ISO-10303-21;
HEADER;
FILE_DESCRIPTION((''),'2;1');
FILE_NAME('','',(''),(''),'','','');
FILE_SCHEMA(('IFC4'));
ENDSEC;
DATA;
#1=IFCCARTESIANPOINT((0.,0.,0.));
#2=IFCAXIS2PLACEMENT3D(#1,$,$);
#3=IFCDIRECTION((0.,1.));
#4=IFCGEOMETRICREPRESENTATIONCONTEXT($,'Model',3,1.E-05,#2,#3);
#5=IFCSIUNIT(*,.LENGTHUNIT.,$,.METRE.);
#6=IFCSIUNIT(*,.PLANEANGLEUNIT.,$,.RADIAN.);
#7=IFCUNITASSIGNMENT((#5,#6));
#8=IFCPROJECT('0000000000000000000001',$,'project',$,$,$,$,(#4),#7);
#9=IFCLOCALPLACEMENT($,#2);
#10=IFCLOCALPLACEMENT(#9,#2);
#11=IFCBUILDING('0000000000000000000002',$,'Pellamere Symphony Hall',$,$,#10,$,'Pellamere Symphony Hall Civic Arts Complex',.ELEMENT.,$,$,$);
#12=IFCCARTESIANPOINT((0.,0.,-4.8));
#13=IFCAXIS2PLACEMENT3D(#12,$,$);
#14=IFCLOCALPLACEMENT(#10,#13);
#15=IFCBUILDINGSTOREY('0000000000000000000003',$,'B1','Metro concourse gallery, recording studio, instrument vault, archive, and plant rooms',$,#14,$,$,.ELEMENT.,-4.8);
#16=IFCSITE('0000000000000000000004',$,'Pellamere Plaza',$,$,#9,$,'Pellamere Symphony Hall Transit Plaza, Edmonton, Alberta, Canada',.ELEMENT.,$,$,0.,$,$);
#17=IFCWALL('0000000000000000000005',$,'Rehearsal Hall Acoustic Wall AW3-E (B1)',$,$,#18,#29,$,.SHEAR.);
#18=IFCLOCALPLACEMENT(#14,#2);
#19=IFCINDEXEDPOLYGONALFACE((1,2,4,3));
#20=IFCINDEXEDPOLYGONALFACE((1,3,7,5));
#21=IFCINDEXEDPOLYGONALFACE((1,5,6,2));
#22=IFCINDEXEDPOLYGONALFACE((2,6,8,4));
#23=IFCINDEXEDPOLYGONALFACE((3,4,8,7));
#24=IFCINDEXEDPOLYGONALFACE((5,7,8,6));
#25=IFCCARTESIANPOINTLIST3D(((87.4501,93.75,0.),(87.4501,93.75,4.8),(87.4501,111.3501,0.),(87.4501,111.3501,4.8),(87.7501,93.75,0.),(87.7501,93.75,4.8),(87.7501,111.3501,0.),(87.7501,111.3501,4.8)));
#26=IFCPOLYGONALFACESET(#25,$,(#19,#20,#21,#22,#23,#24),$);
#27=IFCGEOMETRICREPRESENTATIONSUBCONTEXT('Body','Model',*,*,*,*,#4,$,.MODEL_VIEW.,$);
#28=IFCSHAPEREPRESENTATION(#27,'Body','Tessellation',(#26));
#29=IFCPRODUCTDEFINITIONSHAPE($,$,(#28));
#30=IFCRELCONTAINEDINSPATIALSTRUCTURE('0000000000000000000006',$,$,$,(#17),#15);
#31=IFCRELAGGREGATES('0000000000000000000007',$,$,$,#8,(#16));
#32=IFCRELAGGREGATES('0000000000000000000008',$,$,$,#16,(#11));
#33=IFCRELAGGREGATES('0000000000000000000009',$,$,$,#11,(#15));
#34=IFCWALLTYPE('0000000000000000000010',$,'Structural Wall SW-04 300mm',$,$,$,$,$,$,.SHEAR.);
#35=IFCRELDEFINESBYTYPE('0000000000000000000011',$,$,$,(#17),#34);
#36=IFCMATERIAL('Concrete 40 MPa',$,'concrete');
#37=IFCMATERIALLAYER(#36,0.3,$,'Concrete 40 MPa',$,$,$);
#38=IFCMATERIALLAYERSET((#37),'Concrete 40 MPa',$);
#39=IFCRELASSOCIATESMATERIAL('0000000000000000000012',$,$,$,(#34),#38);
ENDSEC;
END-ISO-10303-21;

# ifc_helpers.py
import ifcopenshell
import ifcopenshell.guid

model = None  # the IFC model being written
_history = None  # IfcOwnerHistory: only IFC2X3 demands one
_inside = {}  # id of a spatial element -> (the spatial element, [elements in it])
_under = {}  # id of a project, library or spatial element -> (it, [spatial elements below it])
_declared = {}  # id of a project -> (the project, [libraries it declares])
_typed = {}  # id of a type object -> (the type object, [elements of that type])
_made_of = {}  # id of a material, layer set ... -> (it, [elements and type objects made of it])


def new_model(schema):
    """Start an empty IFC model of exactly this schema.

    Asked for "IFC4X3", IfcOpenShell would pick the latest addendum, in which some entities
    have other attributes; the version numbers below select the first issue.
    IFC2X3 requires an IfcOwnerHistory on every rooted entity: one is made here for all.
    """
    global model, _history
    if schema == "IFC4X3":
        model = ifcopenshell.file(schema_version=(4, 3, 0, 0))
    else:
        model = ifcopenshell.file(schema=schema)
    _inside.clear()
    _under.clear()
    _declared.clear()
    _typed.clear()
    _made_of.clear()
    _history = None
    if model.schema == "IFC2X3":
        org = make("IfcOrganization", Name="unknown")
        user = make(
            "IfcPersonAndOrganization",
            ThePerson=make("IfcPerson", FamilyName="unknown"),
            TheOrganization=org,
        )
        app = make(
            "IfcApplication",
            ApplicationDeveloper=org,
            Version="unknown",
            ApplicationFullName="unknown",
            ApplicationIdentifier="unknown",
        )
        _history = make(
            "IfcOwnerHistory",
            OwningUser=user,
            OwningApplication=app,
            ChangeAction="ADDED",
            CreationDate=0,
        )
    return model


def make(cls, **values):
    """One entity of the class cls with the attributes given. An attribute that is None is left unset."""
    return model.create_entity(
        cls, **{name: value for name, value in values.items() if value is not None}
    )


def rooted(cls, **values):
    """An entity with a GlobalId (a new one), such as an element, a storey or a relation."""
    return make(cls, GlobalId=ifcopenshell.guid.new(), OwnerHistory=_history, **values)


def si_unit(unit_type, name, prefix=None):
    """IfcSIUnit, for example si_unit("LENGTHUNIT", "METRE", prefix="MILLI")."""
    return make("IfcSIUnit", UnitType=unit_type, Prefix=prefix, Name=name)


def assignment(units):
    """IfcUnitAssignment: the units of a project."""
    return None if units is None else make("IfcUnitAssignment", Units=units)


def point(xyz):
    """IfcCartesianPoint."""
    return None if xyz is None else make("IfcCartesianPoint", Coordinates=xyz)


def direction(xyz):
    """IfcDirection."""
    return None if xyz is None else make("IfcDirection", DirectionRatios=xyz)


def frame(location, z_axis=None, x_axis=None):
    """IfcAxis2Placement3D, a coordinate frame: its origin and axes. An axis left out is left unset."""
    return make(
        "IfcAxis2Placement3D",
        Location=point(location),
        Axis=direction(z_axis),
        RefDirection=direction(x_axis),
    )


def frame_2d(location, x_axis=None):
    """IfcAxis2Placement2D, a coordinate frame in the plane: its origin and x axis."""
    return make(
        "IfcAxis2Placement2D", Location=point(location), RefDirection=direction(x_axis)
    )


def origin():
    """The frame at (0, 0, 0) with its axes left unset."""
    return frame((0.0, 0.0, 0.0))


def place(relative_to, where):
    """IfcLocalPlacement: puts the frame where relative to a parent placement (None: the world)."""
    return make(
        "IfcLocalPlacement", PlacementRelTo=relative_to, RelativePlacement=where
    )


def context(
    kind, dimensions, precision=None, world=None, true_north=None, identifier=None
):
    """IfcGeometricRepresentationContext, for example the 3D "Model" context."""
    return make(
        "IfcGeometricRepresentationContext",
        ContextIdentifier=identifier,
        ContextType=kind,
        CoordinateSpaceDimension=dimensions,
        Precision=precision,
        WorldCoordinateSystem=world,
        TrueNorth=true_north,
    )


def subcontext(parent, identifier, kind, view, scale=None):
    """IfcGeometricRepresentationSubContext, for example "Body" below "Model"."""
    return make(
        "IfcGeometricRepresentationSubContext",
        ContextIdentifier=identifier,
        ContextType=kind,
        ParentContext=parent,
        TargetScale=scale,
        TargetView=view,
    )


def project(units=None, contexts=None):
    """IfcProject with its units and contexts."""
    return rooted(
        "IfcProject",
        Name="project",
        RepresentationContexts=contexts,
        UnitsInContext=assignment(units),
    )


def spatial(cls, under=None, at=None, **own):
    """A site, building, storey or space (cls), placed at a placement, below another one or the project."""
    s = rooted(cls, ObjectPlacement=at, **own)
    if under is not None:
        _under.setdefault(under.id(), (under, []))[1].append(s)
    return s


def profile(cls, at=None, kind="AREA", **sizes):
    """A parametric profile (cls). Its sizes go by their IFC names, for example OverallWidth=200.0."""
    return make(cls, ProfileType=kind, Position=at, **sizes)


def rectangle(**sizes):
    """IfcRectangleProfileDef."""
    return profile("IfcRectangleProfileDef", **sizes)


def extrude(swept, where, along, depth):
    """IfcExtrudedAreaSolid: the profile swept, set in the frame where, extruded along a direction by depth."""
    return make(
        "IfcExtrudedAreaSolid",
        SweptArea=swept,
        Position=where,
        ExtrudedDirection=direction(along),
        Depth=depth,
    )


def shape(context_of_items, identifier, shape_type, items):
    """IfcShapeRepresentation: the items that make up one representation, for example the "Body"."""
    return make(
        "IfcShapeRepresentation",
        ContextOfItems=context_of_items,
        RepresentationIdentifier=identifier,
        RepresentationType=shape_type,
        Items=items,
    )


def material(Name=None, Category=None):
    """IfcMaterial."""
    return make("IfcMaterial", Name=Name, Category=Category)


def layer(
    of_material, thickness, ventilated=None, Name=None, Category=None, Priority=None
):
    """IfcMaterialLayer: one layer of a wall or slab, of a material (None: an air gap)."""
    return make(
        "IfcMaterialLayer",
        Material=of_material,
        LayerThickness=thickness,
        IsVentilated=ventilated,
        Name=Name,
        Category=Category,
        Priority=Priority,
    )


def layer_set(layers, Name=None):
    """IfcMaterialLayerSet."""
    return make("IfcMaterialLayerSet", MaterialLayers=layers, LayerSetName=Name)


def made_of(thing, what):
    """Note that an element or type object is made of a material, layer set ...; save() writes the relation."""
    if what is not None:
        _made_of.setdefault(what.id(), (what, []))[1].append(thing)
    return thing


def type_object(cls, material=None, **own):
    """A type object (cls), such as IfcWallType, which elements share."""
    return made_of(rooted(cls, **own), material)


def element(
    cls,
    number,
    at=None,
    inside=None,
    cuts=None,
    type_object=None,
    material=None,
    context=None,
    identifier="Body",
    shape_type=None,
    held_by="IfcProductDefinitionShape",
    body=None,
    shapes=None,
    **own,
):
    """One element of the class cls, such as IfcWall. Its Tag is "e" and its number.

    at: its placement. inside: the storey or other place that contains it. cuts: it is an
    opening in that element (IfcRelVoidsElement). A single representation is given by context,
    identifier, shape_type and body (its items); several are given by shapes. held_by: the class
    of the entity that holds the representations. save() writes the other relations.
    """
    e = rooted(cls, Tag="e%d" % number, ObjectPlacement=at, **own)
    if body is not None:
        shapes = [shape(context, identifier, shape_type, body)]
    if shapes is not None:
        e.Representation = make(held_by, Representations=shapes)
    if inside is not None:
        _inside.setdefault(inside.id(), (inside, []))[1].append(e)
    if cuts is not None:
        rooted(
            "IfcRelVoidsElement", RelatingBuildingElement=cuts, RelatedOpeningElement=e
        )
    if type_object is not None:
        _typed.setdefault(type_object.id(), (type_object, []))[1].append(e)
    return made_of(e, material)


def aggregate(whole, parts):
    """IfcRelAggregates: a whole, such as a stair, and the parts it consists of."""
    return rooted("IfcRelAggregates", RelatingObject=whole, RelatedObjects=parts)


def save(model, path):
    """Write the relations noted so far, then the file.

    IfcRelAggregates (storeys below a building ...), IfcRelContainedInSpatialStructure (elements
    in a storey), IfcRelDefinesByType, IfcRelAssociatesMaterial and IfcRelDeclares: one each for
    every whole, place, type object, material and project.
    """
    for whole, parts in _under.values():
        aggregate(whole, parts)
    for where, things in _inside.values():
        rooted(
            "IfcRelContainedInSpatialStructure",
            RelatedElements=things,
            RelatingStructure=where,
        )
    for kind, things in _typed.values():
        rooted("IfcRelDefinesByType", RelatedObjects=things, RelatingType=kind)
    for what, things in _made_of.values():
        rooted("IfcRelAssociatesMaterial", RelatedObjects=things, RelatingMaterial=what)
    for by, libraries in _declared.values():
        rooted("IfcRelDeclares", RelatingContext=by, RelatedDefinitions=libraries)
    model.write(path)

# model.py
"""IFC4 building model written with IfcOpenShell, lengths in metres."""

from ifc_helpers import new_model, si_unit, direction, frame, frame_2d, origin, place, context, subcontext, project, spatial, rectangle, extrude, material, layer, layer_set, type_object, element, save


model = new_model("IFC4")

# Units and contexts
model_context = context("Model", 3, precision=1e-05, world=origin(), true_north=direction((0.0, 1.0)))
body_context = subcontext(model_context, "Body", "Model", "MODEL_VIEW")
ifc_project = project(units=[si_unit("LENGTHUNIT", "METRE"), si_unit("PLANEANGLEUNIT", "RADIAN")], contexts=[model_context])

# Site, building, storey
site_placement = place(None, origin())
site = spatial("IfcSite", under=ifc_project, at=site_placement, Name="Pellamere Plaza", LongName="Pellamere Symphony Hall Transit Plaza, Edmonton, Alberta, Canada", CompositionType="ELEMENT", RefElevation=0.0)
building_placement = place(site_placement, origin())
building = spatial("IfcBuilding", under=site, at=building_placement, Name="Pellamere Symphony Hall", LongName="Pellamere Symphony Hall Civic Arts Complex", CompositionType="ELEMENT")
storey_placement = place(building_placement, frame((0.0, 0.0, -4.8)))
storey = spatial("IfcBuildingStorey", under=building, at=storey_placement, Name="B1", Description="Metro concourse gallery, recording studio, instrument vault, archive, and plant rooms", CompositionType="ELEMENT", Elevation=-4.8)

# Shared definitions
ifc_material_1 = material(Name="Concrete 40 MPa", Category="concrete")

# Wall
ifc_layer = layer(ifc_material_1, 0.3, Name="Concrete 40 MPa")
ifc_layer_set = layer_set([ifc_layer], Name="Concrete 40 MPa")
wall_type = type_object("IfcWallType", Name="Structural Wall SW-04 300mm", PredefinedType="SHEAR", material=ifc_layer_set)
wall_placement = place(storey_placement, frame((87.6001, 93.75, 0.0), z_axis=(0.0, 0.0, 1.0), x_axis=(0.0, 1.0, 0.0)))
element("IfcWall", 1, at=wall_placement, inside=storey, type_object=wall_type, Name="Rehearsal Hall Acoustic Wall AW3-E (B1)", PredefinedType="SHEAR", context=body_context, shape_type="SweptSolid", body=[
    extrude(rectangle(XDim=17.6001, YDim=0.3, at=frame_2d((8.8, 0.0))), origin(), (0.0, 0.0, 1.0), 4.8),
])

save(model, "model.ifc")
